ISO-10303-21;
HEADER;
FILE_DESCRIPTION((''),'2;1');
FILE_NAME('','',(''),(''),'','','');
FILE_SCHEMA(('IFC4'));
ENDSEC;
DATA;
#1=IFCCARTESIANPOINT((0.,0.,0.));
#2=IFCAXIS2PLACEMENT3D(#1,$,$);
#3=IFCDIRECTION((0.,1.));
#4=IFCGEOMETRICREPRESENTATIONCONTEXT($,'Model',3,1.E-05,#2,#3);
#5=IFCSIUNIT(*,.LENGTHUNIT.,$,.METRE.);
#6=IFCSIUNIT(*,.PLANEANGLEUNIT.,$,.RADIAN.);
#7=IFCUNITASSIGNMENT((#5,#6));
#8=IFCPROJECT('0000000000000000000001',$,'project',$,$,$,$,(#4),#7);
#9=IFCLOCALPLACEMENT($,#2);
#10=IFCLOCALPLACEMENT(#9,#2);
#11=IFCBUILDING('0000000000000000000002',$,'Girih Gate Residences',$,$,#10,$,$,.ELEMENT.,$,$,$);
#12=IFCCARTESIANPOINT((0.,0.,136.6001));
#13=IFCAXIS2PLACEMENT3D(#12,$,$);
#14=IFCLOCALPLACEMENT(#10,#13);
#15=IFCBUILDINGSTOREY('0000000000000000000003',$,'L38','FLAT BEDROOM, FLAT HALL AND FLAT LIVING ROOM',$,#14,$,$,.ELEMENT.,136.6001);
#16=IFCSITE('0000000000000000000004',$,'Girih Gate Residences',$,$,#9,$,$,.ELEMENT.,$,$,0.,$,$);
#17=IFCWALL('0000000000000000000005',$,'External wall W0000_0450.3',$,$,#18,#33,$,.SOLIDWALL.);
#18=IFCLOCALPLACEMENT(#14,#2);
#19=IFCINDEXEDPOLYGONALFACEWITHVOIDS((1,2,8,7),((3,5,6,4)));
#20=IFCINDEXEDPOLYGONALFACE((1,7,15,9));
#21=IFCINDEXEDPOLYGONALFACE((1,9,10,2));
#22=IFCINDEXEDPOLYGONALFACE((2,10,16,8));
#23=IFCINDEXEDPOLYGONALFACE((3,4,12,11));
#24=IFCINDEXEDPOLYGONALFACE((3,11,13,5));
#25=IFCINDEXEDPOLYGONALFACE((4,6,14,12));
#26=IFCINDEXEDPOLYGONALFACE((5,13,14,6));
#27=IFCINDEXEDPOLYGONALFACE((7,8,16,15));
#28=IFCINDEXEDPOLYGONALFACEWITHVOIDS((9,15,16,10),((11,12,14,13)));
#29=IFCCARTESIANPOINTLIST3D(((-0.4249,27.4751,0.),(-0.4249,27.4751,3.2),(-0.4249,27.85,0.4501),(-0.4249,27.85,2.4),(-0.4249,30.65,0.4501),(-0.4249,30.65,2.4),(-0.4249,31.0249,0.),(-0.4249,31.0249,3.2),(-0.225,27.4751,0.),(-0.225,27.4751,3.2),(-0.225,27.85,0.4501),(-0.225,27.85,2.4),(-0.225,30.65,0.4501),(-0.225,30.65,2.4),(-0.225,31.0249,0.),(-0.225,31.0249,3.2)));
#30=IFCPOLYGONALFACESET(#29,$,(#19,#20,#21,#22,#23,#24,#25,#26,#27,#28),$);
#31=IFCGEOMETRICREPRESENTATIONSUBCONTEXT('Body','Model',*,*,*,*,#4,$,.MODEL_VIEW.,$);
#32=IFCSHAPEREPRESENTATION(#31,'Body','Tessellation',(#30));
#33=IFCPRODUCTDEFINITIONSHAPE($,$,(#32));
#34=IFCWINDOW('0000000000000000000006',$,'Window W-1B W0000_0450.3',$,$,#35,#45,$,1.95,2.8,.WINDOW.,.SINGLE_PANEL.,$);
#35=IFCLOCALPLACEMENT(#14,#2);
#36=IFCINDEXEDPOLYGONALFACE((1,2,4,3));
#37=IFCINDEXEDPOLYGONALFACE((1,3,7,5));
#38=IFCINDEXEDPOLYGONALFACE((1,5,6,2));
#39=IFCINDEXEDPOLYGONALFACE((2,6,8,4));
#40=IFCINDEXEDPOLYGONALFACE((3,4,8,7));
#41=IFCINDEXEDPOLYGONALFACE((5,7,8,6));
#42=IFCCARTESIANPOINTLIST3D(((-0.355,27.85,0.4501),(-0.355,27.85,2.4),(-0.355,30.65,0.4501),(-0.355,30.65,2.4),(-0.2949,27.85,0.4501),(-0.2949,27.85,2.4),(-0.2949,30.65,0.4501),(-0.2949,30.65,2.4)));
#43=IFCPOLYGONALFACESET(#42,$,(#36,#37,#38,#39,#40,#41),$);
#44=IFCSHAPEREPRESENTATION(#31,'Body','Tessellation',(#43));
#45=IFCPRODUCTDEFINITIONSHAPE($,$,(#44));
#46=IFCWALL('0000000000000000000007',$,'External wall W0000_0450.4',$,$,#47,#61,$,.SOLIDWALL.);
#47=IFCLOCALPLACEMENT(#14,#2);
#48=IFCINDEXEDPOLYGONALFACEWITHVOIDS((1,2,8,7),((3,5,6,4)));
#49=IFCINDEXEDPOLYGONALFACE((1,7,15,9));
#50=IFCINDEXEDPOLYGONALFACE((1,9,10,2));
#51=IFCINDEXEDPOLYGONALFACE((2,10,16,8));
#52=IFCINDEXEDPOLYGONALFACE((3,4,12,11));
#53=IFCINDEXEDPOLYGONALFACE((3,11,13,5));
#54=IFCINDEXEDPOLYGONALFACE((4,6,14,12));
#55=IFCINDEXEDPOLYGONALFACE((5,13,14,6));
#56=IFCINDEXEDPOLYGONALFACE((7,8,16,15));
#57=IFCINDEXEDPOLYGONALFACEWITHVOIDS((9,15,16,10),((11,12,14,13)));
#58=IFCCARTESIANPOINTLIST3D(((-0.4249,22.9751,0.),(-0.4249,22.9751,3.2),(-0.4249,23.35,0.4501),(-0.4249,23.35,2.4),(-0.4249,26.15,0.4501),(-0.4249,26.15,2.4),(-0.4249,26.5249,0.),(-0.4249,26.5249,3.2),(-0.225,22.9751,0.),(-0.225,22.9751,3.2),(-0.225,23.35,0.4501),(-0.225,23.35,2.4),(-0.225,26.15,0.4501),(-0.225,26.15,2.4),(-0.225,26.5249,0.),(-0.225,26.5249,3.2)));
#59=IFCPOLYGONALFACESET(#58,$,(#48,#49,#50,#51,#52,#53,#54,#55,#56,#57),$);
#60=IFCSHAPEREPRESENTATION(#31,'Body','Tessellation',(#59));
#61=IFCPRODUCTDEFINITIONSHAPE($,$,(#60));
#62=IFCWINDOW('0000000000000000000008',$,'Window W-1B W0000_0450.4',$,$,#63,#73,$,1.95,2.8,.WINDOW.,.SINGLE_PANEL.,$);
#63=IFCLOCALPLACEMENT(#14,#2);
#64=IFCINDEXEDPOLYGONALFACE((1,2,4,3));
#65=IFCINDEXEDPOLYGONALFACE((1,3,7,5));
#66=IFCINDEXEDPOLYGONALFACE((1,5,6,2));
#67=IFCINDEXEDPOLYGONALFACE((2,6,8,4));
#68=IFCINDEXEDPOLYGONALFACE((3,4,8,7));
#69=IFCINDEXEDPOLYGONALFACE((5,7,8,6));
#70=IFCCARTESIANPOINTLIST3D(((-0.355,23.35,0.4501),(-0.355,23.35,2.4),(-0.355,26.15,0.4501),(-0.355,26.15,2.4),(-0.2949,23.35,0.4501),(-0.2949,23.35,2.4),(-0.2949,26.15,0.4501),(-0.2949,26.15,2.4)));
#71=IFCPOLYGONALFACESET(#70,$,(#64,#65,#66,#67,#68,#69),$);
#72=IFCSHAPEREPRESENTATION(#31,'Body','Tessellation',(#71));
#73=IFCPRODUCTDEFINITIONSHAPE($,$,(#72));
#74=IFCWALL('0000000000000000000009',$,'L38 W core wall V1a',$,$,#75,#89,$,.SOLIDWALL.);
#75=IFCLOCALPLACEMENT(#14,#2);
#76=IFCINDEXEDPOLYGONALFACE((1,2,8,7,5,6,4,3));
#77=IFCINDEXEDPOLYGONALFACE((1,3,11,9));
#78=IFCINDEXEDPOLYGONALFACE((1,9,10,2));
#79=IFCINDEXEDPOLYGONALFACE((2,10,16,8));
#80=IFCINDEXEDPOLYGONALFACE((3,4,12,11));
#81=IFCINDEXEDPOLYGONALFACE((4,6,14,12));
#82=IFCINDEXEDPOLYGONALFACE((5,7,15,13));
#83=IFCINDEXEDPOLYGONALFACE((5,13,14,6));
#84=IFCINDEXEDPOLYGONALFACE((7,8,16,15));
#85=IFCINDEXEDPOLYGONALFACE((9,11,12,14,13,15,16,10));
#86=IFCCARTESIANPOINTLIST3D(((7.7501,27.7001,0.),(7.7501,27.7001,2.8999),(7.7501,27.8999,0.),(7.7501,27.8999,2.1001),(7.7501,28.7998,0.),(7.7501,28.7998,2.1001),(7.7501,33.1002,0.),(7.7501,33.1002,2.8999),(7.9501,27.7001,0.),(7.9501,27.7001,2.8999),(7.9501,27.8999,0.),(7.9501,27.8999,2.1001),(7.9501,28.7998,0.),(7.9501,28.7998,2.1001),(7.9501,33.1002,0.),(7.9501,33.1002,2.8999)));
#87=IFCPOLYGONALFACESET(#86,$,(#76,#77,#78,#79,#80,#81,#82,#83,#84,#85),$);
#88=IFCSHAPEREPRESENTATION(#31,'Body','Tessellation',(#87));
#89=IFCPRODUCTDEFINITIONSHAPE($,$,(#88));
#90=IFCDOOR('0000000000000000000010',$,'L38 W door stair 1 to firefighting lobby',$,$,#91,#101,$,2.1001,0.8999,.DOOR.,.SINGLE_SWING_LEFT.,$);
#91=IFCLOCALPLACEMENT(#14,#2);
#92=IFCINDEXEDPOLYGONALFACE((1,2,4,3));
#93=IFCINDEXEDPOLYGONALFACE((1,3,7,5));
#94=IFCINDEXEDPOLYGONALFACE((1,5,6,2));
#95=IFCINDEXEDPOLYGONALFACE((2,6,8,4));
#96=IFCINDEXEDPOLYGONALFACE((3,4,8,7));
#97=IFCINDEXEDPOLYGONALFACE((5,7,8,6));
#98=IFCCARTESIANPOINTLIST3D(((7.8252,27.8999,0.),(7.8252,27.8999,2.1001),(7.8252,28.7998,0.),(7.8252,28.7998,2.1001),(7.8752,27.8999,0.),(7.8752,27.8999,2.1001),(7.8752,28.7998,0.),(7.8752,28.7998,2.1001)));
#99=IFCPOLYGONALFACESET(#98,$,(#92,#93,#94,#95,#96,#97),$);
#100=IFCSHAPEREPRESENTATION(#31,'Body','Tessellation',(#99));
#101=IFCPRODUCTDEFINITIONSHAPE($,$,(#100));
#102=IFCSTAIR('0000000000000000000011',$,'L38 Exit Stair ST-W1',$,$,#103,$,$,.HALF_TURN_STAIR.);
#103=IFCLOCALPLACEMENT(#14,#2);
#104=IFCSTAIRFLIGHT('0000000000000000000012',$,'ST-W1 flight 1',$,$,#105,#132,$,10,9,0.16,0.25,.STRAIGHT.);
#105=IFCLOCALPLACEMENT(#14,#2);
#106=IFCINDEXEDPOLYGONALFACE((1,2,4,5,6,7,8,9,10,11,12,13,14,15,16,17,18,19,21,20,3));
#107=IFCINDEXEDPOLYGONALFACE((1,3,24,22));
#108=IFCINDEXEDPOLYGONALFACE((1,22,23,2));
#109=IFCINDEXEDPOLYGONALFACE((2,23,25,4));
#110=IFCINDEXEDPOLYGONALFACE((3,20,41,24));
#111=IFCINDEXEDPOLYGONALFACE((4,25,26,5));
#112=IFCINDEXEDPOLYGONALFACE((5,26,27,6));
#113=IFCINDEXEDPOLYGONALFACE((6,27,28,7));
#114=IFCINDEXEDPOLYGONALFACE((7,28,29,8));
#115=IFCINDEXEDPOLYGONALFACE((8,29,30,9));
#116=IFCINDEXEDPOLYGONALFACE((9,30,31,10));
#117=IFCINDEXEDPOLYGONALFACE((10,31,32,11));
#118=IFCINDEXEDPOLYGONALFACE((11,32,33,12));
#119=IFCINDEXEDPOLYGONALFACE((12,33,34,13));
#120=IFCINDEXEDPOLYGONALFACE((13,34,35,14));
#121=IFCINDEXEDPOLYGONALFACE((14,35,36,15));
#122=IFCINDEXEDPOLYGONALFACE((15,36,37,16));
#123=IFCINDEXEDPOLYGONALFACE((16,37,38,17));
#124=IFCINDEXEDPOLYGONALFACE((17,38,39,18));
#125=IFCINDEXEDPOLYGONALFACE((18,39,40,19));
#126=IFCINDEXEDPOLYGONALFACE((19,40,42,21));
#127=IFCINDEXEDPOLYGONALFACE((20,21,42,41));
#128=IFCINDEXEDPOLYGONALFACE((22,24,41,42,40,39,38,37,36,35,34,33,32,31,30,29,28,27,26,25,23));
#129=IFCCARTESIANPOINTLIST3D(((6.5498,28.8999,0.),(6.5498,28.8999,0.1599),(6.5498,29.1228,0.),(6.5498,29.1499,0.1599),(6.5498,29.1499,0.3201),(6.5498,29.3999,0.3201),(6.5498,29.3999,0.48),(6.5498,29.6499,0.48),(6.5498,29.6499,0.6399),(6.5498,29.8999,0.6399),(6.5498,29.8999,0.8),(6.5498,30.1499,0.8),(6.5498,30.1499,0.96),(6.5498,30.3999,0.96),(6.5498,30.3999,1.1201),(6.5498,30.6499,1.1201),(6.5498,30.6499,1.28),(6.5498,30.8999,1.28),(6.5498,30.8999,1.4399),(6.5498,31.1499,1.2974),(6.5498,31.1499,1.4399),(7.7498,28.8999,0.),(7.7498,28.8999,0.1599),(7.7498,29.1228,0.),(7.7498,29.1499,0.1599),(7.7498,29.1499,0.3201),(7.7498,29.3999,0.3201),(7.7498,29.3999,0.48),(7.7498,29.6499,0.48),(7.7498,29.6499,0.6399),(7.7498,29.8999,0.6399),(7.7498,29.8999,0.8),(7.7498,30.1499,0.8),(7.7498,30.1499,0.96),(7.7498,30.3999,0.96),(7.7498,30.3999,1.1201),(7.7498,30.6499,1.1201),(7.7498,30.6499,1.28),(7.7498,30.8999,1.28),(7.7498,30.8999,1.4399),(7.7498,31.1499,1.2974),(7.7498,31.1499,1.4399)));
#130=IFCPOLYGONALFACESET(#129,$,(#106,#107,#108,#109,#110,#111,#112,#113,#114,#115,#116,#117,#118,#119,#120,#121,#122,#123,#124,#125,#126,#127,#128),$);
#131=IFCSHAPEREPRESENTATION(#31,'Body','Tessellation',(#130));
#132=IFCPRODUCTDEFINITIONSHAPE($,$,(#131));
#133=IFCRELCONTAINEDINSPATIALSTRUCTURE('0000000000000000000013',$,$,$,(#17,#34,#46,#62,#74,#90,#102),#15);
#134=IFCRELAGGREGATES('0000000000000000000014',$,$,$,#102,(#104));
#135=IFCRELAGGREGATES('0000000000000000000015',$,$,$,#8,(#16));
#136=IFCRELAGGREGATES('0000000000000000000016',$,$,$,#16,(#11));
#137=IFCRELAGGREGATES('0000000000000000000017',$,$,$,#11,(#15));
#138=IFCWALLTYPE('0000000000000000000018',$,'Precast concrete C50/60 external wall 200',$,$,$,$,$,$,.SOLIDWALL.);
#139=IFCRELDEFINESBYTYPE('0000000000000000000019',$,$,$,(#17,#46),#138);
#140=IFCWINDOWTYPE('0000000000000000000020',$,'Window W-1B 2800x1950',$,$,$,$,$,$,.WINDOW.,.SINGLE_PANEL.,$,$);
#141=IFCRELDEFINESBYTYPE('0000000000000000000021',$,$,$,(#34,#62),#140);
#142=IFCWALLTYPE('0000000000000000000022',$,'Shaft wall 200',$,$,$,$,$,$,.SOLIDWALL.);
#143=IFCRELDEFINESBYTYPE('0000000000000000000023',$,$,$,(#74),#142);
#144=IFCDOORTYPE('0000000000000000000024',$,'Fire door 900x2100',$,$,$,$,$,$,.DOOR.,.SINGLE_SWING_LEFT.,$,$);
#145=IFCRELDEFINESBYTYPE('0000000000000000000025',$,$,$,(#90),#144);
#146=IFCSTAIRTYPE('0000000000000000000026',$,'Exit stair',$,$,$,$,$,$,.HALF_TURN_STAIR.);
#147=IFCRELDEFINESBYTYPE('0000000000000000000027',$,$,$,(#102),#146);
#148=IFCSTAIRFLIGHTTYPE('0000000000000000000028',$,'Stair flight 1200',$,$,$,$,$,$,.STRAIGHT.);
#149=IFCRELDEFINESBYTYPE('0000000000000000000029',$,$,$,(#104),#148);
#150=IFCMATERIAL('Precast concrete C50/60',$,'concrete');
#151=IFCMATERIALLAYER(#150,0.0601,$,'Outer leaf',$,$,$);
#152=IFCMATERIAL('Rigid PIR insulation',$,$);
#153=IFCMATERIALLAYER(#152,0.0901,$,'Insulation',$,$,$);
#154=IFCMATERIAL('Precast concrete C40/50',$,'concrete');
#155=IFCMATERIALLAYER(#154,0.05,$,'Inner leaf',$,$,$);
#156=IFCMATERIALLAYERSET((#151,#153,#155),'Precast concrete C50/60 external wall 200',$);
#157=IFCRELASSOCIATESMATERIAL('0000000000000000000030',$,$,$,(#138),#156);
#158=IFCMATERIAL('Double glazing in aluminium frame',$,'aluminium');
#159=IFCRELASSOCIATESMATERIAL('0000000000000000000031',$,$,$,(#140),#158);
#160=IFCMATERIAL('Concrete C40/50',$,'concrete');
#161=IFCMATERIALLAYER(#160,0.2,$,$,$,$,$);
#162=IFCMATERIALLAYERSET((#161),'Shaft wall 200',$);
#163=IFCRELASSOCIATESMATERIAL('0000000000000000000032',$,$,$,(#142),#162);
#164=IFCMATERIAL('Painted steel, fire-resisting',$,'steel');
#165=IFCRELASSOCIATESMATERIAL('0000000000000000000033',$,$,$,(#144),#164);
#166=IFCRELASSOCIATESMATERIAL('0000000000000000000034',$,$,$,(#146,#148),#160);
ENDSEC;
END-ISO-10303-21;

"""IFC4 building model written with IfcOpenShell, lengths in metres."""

from ifc_helpers import new_model, si_unit, direction, frame, frame_2d, origin, place, context, subcontext, project, spatial, polyline, rectangle, outline, extrude, material, layer, layer_set, type_object, element, fill, aggregate, save


model = new_model("IFC4")

# Units and contexts
model_context = context("Model", 3, precision=1e-05, world=origin(), true_north=direction((0.0, 1.0)))
body_context = subcontext(model_context, "Body", "Model", "MODEL_VIEW")
ifc_project = project(units=[si_unit("LENGTHUNIT", "METRE"), si_unit("PLANEANGLEUNIT", "RADIAN")], contexts=[model_context])

# Site, building, storey
site_placement = place(None, origin())
site = spatial("IfcSite", under=ifc_project, at=site_placement, Name="Girih Gate Residences", CompositionType="ELEMENT", RefElevation=0.0)
building_placement = place(site_placement, origin())
building = spatial("IfcBuilding", under=site, at=building_placement, Name="Girih Gate Residences", CompositionType="ELEMENT")
storey_placement = place(building_placement, frame((0.0, 0.0, 136.6001)))
storey = spatial("IfcBuildingStorey", under=building, at=storey_placement, Name="L38", Description="FLAT BEDROOM, FLAT HALL AND FLAT LIVING ROOM", CompositionType="ELEMENT", Elevation=136.6001)

# Shared definitions
ifc_material_1 = material(Name="Painted steel, fire-resisting", Category="steel")

# Walls, openings, windows
ifc_material_2 = material(Name="Precast concrete C50/60", Category="concrete")
ifc_layer_1 = layer(ifc_material_2, 0.0601, Name="Outer leaf")
ifc_material_3 = material(Name="Rigid PIR insulation")
ifc_layer_2 = layer(ifc_material_3, 0.0901, Name="Insulation")
ifc_material_4 = material(Name="Precast concrete C40/50", Category="concrete")
ifc_layer_3 = layer(ifc_material_4, 0.05, Name="Inner leaf")
ifc_layer_set_1 = layer_set([ifc_layer_1, ifc_layer_2, ifc_layer_3], Name="Precast concrete C50/60 external wall 200")
wall_type_1 = type_object("IfcWallType", Name="Precast concrete C50/60 external wall 200", PredefinedType="SOLIDWALL", material=ifc_layer_set_1)
wall_1_placement = place(storey_placement, frame((-0.325, 27.4751, 0.0), z_axis=(0.0, 0.0, 1.0), x_axis=(0.0, 1.0, 0.0)))
wall_1 = element("IfcWall", 1, at=wall_1_placement, inside=storey, type_object=wall_type_1, Name="External wall W0000_0450.3", PredefinedType="SOLIDWALL", context=body_context, shape_type="SweptSolid", body=[
    extrude(rectangle(XDim=3.5498, YDim=0.2, at=frame_2d((1.7749, 0.0))), origin(), (0.0, 0.0, 1.0), 3.2),
])
opening_1_placement = place(wall_1_placement, frame((0.375, 0.0, 0.45)))
opening_1 = element("IfcOpeningElement", 2, at=opening_1_placement, cuts=wall_1, PredefinedType="OPENING", context=body_context, shape_type="SweptSolid", body=[
    extrude(rectangle(XDim=2.8, YDim=1.95, at=frame_2d((1.3999, 0.9751))), frame((0.0, 0.1099, 0.0), z_axis=(0.0, -1.0, 0.0), x_axis=(1.0, 0.0, 0.0)), (0.0, 0.0, 1.0), 0.22),
])
ifc_material_5 = material(Name="Double glazing in aluminium frame", Category="aluminium")
window_type = type_object("IfcWindowType", Name="Window W-1B 2800x1950", PartitioningType="SINGLE_PANEL", PredefinedType="WINDOW", material=ifc_material_5)
window_1_placement = place(opening_1_placement, origin())
window_1 = element("IfcWindow", 3, at=window_1_placement, inside=storey, type_object=window_type, Name="Window W-1B W0000_0450.3", OverallHeight=1.95, OverallWidth=2.8, PartitioningType="SINGLE_PANEL", PredefinedType="WINDOW", context=body_context, shape_type="SweptSolid", body=[
    extrude(rectangle(XDim=2.8, YDim=1.95, at=frame_2d((1.3999, 0.9751))), frame((0.0, 0.03, 0.0), z_axis=(0.0, -1.0, 0.0), x_axis=(1.0, 0.0, 0.0)), (0.0, 0.0, 1.0), 0.0601),
])
fill(opening_1, window_1)
wall_2_placement = place(storey_placement, frame((-0.325, 22.9751, 0.0), z_axis=(0.0, 0.0, 1.0), x_axis=(0.0, 1.0, 0.0)))
wall_2 = element("IfcWall", 4, at=wall_2_placement, inside=storey, type_object=wall_type_1, Name="External wall W0000_0450.4", PredefinedType="SOLIDWALL", context=body_context, shape_type="SweptSolid", body=[
    extrude(rectangle(XDim=3.5498, YDim=0.2, at=frame_2d((1.7749, 0.0))), origin(), (0.0, 0.0, 1.0), 3.2),
])
opening_2_placement = place(wall_2_placement, frame((0.375, 0.0, 0.45)))
opening_2 = element("IfcOpeningElement", 5, at=opening_2_placement, cuts=wall_2, PredefinedType="OPENING", context=body_context, shape_type="SweptSolid", body=[
    extrude(rectangle(XDim=2.8, YDim=1.95, at=frame_2d((1.3999, 0.9751))), frame((0.0, 0.1099, 0.0), z_axis=(0.0, -1.0, 0.0), x_axis=(1.0, 0.0, 0.0)), (0.0, 0.0, 1.0), 0.22),
])
window_2_placement = place(opening_2_placement, origin())
window_2 = element("IfcWindow", 6, at=window_2_placement, inside=storey, type_object=window_type, Name="Window W-1B W0000_0450.4", OverallHeight=1.95, OverallWidth=2.8, PartitioningType="SINGLE_PANEL", PredefinedType="WINDOW", context=body_context, shape_type="SweptSolid", body=[
    extrude(rectangle(XDim=2.8, YDim=1.95, at=frame_2d((1.3999, 0.9751))), frame((0.0, 0.03, 0.0), z_axis=(0.0, -1.0, 0.0), x_axis=(1.0, 0.0, 0.0)), (0.0, 0.0, 1.0), 0.0601),
])
fill(opening_2, window_2)

# Wall, opening, door
ifc_material_6 = material(Name="Concrete C40/50", Category="concrete")
ifc_layer_4 = layer(ifc_material_6, 0.2)
ifc_layer_set_2 = layer_set([ifc_layer_4], Name="Shaft wall 200")
wall_type_2 = type_object("IfcWallType", Name="Shaft wall 200", PredefinedType="SOLIDWALL", material=ifc_layer_set_2)
wall_3_placement = place(storey_placement, frame((7.8501, 27.7, 0.0), z_axis=(0.0, 0.0, 1.0), x_axis=(0.0, 1.0, 0.0)))
wall_3 = element("IfcWall", 7, at=wall_3_placement, inside=storey, type_object=wall_type_2, Name="L38 W core wall V1a", PredefinedType="SOLIDWALL", context=body_context, shape_type="SweptSolid", body=[
    extrude(rectangle(XDim=5.4001, YDim=0.2, at=frame_2d((2.7002, 0.0))), origin(), (0.0, 0.0, 1.0), 2.8999),
])
opening_3_placement = place(wall_3_placement, frame((0.2, 0.0, 0.0)))
opening_3 = element("IfcOpeningElement", 8, at=opening_3_placement, cuts=wall_3, PredefinedType="OPENING", context=body_context, shape_type="SweptSolid", body=[
    extrude(rectangle(XDim=0.8999, YDim=2.1001, at=frame_2d((0.45, 1.05))), frame((0.0, 0.1099, 0.0), z_axis=(0.0, -1.0, 0.0), x_axis=(1.0, 0.0, 0.0)), (0.0, 0.0, 1.0), 0.22),
])
door_type_1 = type_object("IfcDoorType", Name="Fire door 900x2100", OperationType="SINGLE_SWING_LEFT", PredefinedType="DOOR", material=ifc_material_1)
door_1_placement = place(opening_3_placement, origin())
door_1 = element("IfcDoor", 9, at=door_1_placement, inside=storey, type_object=door_type_1, Name="L38 W door stair 1 to firefighting lobby", OperationType="SINGLE_SWING_LEFT", OverallHeight=2.1001, OverallWidth=0.8999, PredefinedType="DOOR", context=body_context, shape_type="SweptSolid", body=[
    extrude(rectangle(XDim=0.8999, YDim=2.1001, at=frame_2d((0.45, 1.05))), frame((0.0, 0.0249, 0.0), z_axis=(0.0, -1.0, 0.0), x_axis=(1.0, 0.0, 0.0)), (0.0, 0.0, 1.0), 0.05),
])
fill(opening_3, door_1)

# Stair, stair flight
stair_type = type_object("IfcStairType", Name="Exit stair", PredefinedType="HALF_TURN_STAIR", material=ifc_material_6)
stair_placement = place(storey_placement, origin())
stair = element("IfcStair", 10, at=stair_placement, inside=storey, type_object=stair_type, Name="L38 Exit Stair ST-W1", PredefinedType="HALF_TURN_STAIR")
stair_flight_type = type_object("IfcStairFlightType", Name="Stair flight 1200", PredefinedType="STRAIGHT", material=ifc_material_6)
stair_flight_placement = place(storey_placement, frame((7.1499, 28.8999, 0.0), z_axis=(0.0, 0.0, 1.0), x_axis=(0.0, 1.0, 0.0)))
stair_flight = element("IfcStairFlight", 11, at=stair_flight_placement, type_object=stair_flight_type, Name="ST-W1 flight 1", NumberOfRisers=10, NumberOfTreads=9, PredefinedType="STRAIGHT", RiserHeight=0.16, TreadLength=0.25, context=body_context, shape_type="SweptSolid", body=[
    extrude(outline(polyline([(0.0, 0.0), (0.0, 0.1599), (0.25, 0.1599), (0.25, 0.3201), (0.5, 0.3201), (0.5, 0.48), (0.75, 0.48), (0.75, 0.6399), (1.0, 0.6399), (1.0, 0.8), (1.25, 0.8), (1.25, 0.96), (1.5, 0.96), (1.5, 1.1201), (1.75, 1.1201), (1.75, 1.28), (2.0, 1.28), (2.0, 1.4399), (2.25, 1.4399), (2.25, 1.6001), (2.25, 1.2974), (0.2229, 0.0), (0.0, 0.0)])), frame((0.0, 0.6001, 0.0), z_axis=(0.0, -1.0, 0.0), x_axis=(1.0, 0.0, 0.0)), (0.0, 0.0, 1.0), 1.2),
])
aggregate(stair, [stair_flight])

save(model, "model.ifc")
